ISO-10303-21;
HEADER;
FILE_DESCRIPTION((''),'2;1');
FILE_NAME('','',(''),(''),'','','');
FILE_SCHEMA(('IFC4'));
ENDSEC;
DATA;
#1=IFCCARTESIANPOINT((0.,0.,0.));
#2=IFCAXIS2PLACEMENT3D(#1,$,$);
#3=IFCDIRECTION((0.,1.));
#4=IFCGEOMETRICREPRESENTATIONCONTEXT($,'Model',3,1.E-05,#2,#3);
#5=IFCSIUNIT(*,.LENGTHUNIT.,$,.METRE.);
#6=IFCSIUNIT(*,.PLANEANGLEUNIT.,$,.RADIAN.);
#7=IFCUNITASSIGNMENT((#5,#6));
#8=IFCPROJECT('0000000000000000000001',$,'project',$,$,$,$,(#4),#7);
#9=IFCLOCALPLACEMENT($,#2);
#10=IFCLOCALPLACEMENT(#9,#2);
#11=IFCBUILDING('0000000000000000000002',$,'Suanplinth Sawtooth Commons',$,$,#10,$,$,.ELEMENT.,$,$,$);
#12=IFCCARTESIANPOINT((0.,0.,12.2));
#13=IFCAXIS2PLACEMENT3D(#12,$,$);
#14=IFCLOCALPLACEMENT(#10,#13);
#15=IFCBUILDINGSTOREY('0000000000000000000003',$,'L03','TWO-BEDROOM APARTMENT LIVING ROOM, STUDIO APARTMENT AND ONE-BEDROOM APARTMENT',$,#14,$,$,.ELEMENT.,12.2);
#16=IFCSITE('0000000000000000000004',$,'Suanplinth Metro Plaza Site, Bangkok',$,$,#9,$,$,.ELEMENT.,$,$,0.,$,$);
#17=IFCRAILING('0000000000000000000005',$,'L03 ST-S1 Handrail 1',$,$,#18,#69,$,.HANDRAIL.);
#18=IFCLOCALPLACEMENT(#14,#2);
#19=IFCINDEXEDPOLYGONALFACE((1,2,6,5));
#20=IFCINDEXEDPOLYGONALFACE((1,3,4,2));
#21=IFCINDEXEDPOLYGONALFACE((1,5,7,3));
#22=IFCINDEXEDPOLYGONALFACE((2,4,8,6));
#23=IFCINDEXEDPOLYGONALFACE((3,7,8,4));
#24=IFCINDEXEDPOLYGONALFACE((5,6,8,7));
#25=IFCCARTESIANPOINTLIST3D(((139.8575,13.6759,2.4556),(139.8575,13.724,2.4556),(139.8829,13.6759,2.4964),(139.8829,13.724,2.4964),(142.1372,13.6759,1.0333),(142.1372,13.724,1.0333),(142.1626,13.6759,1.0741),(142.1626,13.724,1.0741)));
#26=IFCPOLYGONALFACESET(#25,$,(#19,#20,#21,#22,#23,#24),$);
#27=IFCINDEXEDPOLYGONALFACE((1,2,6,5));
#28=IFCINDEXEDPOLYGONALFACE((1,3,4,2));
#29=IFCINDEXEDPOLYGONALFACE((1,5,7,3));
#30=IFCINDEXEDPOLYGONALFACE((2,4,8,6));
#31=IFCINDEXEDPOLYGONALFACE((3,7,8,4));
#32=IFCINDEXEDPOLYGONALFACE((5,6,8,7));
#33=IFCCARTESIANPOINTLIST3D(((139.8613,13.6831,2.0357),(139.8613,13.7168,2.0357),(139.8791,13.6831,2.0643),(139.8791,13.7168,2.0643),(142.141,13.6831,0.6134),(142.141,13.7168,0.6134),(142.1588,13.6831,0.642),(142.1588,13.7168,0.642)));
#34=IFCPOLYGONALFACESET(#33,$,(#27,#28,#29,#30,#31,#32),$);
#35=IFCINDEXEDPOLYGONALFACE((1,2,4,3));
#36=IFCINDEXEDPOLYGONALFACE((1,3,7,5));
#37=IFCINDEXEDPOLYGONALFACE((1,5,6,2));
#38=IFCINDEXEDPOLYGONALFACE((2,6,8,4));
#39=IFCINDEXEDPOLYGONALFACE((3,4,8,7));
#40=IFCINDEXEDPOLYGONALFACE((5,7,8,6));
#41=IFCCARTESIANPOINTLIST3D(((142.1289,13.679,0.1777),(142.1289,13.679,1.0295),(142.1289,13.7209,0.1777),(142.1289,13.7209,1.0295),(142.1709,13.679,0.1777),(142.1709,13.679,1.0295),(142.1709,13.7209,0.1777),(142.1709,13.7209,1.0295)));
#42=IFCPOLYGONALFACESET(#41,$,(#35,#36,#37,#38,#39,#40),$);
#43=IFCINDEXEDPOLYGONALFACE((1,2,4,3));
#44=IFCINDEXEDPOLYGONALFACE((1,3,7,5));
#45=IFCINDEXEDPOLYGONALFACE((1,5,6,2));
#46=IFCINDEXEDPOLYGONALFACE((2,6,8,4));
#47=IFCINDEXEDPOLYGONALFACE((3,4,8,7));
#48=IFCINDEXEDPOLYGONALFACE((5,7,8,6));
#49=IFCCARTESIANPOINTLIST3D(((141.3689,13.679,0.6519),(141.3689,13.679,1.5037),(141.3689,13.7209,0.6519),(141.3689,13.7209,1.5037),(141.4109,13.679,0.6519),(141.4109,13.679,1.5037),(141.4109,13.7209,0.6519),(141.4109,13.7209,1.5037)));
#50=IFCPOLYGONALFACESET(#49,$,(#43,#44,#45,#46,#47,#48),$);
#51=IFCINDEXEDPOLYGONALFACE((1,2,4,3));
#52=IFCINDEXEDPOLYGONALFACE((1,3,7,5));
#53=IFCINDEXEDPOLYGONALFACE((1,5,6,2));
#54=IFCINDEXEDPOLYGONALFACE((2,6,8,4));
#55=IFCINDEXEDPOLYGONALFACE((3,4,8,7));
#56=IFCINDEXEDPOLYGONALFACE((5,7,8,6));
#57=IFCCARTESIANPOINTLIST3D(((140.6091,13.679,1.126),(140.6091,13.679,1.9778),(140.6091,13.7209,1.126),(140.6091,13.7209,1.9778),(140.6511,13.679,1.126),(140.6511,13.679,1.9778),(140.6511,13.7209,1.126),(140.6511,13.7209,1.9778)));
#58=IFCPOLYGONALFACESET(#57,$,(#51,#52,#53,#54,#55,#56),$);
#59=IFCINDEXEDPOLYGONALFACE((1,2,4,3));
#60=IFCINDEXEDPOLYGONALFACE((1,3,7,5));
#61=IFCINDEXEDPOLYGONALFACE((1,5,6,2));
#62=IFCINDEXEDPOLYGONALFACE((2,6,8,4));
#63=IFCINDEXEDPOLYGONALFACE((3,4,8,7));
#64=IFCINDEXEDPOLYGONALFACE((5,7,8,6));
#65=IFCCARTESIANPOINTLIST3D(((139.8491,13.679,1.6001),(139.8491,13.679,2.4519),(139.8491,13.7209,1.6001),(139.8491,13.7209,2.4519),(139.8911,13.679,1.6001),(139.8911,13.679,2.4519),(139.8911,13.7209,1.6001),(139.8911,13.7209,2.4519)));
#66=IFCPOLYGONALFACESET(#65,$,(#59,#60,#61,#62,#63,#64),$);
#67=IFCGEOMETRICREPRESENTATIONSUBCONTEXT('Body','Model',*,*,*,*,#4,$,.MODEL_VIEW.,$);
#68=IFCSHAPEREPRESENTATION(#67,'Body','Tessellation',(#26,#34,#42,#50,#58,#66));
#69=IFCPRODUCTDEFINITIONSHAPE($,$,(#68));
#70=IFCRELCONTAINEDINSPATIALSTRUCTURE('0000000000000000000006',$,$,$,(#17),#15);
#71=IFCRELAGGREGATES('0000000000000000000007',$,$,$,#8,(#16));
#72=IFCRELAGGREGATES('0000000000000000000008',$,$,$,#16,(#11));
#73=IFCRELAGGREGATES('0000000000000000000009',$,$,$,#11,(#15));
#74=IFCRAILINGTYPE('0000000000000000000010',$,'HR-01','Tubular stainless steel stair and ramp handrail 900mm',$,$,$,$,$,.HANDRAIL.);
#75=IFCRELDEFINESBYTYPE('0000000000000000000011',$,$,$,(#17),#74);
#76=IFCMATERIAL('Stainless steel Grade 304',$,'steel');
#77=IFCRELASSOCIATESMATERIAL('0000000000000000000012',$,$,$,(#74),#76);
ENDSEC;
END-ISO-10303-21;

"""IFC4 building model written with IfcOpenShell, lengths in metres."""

from ifc_helpers import new_model, si_unit, direction, frame, origin, origin_2d, place, context, subcontext, project, spatial, rectangle, extrude, material, type_object, element, save


model = new_model("IFC4")

# Units and contexts
model_context = context("Model", 3, precision=1e-05, world=origin(), true_north=direction((0.0, 1.0)))
body_context = subcontext(model_context, "Body", "Model", "MODEL_VIEW")
ifc_project = project(units=[si_unit("LENGTHUNIT", "METRE"), si_unit("PLANEANGLEUNIT", "RADIAN")], contexts=[model_context])

# Site, building, storey
site_placement = place(None, origin())
site = spatial("IfcSite", under=ifc_project, at=site_placement, Name="Suanplinth Metro Plaza Site, Bangkok", CompositionType="ELEMENT", RefElevation=0.0)
building_placement = place(site_placement, origin())
building = spatial("IfcBuilding", under=site, at=building_placement, Name="Suanplinth Sawtooth Commons", CompositionType="ELEMENT")
storey_placement = place(building_placement, frame((0.0, 0.0, 12.2)))
storey = spatial("IfcBuildingStorey", under=building, at=storey_placement, Name="L03", Description="TWO-BEDROOM APARTMENT LIVING ROOM, STUDIO APARTMENT AND ONE-BEDROOM APARTMENT", CompositionType="ELEMENT", Elevation=12.2)

# Railing
ifc_material_1 = material(Name="Stainless steel Grade 304", Category="steel")
railing_type_1 = type_object("IfcRailingType", Name="HR-01", Description="Tubular stainless steel stair and ramp handrail 900mm", PredefinedType="HANDRAIL", material=ifc_material_1)
railing_1_placement = place(storey_placement, frame((142.1499, 13.7, 0.1777)))
element("IfcRailing", 1, at=railing_1_placement, inside=storey, type_object=railing_type_1, Name="L03 ST-S1 Handrail 1", PredefinedType="HANDRAIL", context=body_context, shape_type="SweptSolid", body=[
    extrude(rectangle(XDim=0.0481, YDim=0.0481, at=origin_2d()), frame((0.0, 0.0, 0.876), z_axis=(-0.848417, 0.0, 0.529329), x_axis=(0.0, -1.0, 0.0)), (0.0, 0.0, 1.0), 2.687),
    extrude(rectangle(XDim=0.0337, YDim=0.0337, at=origin_2d()), frame((0.0, 0.0, 0.45), z_axis=(-0.848417, 0.0, 0.529329), x_axis=(0.0, -1.0, 0.0)), (0.0, 0.0, 1.0), 2.687),
    extrude(rectangle(XDim=0.042, YDim=0.042, at=origin_2d()), origin(), (0.0, 0.0, 1.0), 0.8518),
    extrude(rectangle(XDim=0.042, YDim=0.042, at=origin_2d()), frame((-0.76, 0.0, 0.4741)), (0.0, 0.0, 1.0), 0.8518),
    extrude(rectangle(XDim=0.042, YDim=0.042, at=origin_2d()), frame((-1.5198, 0.0, 0.9482)), (0.0, 0.0, 1.0), 0.8518),
    extrude(rectangle(XDim=0.042, YDim=0.042, at=origin_2d()), frame((-2.2798, 0.0, 1.4224)), (0.0, 0.0, 1.0), 0.8518),
])

save(model, "model.ifc")
